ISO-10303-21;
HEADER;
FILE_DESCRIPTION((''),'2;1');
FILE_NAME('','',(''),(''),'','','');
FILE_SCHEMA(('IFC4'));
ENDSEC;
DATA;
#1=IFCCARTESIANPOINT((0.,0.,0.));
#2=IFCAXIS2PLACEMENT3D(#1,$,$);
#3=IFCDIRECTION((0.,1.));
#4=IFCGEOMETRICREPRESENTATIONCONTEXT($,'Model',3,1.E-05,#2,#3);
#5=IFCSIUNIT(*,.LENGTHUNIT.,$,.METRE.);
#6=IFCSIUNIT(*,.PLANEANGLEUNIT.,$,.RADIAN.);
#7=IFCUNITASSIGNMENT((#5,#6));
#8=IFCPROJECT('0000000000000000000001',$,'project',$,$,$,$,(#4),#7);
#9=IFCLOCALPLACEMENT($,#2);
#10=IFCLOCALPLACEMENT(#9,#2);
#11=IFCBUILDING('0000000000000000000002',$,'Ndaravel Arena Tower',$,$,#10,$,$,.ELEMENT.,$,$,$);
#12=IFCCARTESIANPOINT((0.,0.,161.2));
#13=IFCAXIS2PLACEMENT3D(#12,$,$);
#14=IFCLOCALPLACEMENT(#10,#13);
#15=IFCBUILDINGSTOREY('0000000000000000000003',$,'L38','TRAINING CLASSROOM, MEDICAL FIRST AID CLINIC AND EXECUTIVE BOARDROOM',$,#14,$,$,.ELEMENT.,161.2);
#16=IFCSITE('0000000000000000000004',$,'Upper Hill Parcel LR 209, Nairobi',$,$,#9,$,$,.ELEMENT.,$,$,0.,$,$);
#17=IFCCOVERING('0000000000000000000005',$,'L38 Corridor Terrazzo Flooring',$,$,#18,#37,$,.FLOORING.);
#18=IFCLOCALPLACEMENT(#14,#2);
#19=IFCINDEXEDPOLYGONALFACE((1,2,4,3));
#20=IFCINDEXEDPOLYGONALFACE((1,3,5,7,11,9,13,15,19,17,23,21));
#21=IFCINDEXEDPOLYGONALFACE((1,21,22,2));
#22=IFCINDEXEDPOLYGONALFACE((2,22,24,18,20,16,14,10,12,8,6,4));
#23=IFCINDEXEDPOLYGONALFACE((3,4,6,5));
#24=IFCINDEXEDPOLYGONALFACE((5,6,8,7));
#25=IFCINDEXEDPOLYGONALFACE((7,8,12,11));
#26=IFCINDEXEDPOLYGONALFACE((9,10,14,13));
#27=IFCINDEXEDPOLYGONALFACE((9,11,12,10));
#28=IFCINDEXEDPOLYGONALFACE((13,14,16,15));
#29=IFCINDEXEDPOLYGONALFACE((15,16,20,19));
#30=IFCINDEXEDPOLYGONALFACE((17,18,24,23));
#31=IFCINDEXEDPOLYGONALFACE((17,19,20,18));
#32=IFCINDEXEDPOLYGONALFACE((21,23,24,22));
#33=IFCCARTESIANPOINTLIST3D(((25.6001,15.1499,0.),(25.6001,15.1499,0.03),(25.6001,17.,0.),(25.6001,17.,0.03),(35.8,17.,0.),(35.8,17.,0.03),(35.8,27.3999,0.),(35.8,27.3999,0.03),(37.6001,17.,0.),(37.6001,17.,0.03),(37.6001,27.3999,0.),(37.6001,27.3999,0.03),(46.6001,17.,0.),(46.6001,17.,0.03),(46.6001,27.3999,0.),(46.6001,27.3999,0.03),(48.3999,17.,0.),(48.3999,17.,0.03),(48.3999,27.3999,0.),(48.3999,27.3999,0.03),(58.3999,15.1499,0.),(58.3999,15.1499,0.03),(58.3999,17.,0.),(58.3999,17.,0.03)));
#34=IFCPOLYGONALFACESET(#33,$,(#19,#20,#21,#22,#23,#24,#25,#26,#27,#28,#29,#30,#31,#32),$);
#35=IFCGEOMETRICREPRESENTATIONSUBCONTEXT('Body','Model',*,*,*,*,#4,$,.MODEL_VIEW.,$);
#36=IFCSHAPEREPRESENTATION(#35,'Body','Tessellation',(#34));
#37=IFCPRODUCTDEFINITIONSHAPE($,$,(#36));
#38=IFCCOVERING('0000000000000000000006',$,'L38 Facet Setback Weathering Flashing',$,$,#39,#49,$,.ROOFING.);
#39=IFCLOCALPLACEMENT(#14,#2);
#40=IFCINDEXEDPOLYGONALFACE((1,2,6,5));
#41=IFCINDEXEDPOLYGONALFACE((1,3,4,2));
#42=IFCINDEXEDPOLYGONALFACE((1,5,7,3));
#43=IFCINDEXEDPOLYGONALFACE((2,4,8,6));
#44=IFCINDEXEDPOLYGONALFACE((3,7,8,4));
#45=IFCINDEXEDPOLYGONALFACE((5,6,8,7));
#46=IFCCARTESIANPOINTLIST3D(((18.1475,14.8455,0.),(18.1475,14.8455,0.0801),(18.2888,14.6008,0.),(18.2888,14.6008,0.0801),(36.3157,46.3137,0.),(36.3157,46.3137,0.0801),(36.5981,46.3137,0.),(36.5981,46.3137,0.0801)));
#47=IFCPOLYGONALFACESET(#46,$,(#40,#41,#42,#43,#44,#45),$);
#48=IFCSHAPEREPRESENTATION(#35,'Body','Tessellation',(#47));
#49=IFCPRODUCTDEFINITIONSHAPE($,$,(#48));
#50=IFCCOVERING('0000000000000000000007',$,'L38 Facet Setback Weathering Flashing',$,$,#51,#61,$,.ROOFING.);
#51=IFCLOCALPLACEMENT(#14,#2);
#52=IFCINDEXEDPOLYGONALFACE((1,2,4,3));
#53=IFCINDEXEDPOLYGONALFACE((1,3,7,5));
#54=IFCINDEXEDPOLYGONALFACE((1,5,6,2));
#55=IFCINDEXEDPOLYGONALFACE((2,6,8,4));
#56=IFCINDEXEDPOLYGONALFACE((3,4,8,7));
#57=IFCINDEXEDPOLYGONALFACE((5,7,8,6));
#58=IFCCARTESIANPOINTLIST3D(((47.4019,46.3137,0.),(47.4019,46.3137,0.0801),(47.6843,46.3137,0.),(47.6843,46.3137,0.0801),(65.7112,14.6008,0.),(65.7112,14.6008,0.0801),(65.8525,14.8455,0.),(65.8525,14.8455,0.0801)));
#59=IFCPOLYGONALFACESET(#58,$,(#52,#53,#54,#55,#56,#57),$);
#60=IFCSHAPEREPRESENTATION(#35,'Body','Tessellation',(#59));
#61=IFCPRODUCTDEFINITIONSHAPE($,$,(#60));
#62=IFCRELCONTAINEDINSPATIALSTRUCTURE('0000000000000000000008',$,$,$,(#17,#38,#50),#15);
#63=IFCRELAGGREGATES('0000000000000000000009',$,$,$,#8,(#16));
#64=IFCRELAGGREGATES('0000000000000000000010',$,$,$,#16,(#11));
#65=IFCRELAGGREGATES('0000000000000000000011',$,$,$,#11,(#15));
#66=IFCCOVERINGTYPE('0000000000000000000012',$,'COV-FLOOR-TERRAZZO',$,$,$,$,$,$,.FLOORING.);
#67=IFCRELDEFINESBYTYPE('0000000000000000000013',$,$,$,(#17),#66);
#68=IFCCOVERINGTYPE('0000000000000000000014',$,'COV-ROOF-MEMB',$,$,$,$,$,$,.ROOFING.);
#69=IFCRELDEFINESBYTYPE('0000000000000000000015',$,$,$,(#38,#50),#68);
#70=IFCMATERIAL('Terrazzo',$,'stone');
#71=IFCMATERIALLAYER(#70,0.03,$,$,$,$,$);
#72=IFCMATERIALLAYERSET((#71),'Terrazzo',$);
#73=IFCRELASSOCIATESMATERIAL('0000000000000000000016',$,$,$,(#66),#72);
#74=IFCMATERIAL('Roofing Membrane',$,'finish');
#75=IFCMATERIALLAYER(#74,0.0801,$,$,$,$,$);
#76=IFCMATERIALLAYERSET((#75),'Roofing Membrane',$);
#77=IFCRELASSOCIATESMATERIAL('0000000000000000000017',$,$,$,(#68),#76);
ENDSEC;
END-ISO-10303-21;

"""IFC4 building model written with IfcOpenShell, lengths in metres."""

from ifc_helpers import new_model, si_unit, direction, frame, origin, place, context, subcontext, project, spatial, polyline, outline, extrude, material, layer, layer_set, type_object, element, save


model = new_model("IFC4")

# Units and contexts
model_context = context("Model", 3, precision=1e-05, world=origin(), true_north=direction((0.0, 1.0)))
body_context = subcontext(model_context, "Body", "Model", "MODEL_VIEW")
ifc_project = project(units=[si_unit("LENGTHUNIT", "METRE"), si_unit("PLANEANGLEUNIT", "RADIAN")], contexts=[model_context])

# Site, building, storey
site_placement = place(None, origin())
site = spatial("IfcSite", under=ifc_project, at=site_placement, Name="Upper Hill Parcel LR 209, Nairobi", CompositionType="ELEMENT", RefElevation=0.0)
building_placement = place(site_placement, origin())
building = spatial("IfcBuilding", under=site, at=building_placement, Name="Ndaravel Arena Tower", CompositionType="ELEMENT")
storey_placement = place(building_placement, frame((0.0, 0.0, 161.2)))
storey = spatial("IfcBuildingStorey", under=building, at=storey_placement, Name="L38", Description="TRAINING CLASSROOM, MEDICAL FIRST AID CLINIC AND EXECUTIVE BOARDROOM", CompositionType="ELEMENT", Elevation=161.2)

# Coverings
ifc_material_1 = material(Name="Terrazzo", Category="stone")
ifc_layer_1 = layer(ifc_material_1, 0.03)
ifc_layer_set_1 = layer_set([ifc_layer_1], Name="Terrazzo")
covering_type_1 = type_object("IfcCoveringType", Name="COV-FLOOR-TERRAZZO", PredefinedType="FLOORING", material=ifc_layer_set_1)
covering_1_placement = place(storey_placement, origin())
element("IfcCovering", 1, at=covering_1_placement, inside=storey, type_object=covering_type_1, Name="L38 Corridor Terrazzo Flooring", PredefinedType="FLOORING", context=body_context, shape_type="SweptSolid", body=[
    extrude(outline(polyline([(58.3999, 17.0), (48.3999, 17.0), (48.3999, 27.3999), (46.6001, 27.3999), (46.6001, 17.0), (37.6001, 17.0), (37.6001, 27.3999), (35.8, 27.3999), (35.8, 17.0), (25.6001, 17.0), (25.6001, 15.1499), (58.3999, 15.1499), (58.3999, 17.0)])), origin(), (0.0, 0.0, 1.0), 0.03),
])
ifc_material_2 = material(Name="Roofing Membrane", Category="finish")
ifc_layer_2 = layer(ifc_material_2, 0.0801)
ifc_layer_set_2 = layer_set([ifc_layer_2], Name="Roofing Membrane")
covering_type_2 = type_object("IfcCoveringType", Name="COV-ROOF-MEMB", PredefinedType="ROOFING", material=ifc_layer_set_2)
covering_2_placement = place(storey_placement, origin())
element("IfcCovering", 2, at=covering_2_placement, inside=storey, type_object=covering_type_2, Name="L38 Facet Setback Weathering Flashing", PredefinedType="ROOFING", context=body_context, shape_type="SweptSolid", body=[
    extrude(outline(polyline([(18.1475, 14.8455), (36.3157, 46.3137), (36.5981, 46.3137), (18.2888, 14.6008), (18.1475, 14.8455)])), origin(), (0.0, 0.0, 1.0), 0.0801),
])
covering_3_placement = place(storey_placement, origin())
element("IfcCovering", 3, at=covering_3_placement, inside=storey, type_object=covering_type_2, Name="L38 Facet Setback Weathering Flashing", PredefinedType="ROOFING", context=body_context, shape_type="SweptSolid", body=[
    extrude(outline(polyline([(47.6843, 46.3137), (65.8525, 14.8455), (65.7112, 14.6008), (47.4019, 46.3137), (47.6843, 46.3137)])), origin(), (0.0, 0.0, 1.0), 0.0801),
])

save(model, "model.ifc")
